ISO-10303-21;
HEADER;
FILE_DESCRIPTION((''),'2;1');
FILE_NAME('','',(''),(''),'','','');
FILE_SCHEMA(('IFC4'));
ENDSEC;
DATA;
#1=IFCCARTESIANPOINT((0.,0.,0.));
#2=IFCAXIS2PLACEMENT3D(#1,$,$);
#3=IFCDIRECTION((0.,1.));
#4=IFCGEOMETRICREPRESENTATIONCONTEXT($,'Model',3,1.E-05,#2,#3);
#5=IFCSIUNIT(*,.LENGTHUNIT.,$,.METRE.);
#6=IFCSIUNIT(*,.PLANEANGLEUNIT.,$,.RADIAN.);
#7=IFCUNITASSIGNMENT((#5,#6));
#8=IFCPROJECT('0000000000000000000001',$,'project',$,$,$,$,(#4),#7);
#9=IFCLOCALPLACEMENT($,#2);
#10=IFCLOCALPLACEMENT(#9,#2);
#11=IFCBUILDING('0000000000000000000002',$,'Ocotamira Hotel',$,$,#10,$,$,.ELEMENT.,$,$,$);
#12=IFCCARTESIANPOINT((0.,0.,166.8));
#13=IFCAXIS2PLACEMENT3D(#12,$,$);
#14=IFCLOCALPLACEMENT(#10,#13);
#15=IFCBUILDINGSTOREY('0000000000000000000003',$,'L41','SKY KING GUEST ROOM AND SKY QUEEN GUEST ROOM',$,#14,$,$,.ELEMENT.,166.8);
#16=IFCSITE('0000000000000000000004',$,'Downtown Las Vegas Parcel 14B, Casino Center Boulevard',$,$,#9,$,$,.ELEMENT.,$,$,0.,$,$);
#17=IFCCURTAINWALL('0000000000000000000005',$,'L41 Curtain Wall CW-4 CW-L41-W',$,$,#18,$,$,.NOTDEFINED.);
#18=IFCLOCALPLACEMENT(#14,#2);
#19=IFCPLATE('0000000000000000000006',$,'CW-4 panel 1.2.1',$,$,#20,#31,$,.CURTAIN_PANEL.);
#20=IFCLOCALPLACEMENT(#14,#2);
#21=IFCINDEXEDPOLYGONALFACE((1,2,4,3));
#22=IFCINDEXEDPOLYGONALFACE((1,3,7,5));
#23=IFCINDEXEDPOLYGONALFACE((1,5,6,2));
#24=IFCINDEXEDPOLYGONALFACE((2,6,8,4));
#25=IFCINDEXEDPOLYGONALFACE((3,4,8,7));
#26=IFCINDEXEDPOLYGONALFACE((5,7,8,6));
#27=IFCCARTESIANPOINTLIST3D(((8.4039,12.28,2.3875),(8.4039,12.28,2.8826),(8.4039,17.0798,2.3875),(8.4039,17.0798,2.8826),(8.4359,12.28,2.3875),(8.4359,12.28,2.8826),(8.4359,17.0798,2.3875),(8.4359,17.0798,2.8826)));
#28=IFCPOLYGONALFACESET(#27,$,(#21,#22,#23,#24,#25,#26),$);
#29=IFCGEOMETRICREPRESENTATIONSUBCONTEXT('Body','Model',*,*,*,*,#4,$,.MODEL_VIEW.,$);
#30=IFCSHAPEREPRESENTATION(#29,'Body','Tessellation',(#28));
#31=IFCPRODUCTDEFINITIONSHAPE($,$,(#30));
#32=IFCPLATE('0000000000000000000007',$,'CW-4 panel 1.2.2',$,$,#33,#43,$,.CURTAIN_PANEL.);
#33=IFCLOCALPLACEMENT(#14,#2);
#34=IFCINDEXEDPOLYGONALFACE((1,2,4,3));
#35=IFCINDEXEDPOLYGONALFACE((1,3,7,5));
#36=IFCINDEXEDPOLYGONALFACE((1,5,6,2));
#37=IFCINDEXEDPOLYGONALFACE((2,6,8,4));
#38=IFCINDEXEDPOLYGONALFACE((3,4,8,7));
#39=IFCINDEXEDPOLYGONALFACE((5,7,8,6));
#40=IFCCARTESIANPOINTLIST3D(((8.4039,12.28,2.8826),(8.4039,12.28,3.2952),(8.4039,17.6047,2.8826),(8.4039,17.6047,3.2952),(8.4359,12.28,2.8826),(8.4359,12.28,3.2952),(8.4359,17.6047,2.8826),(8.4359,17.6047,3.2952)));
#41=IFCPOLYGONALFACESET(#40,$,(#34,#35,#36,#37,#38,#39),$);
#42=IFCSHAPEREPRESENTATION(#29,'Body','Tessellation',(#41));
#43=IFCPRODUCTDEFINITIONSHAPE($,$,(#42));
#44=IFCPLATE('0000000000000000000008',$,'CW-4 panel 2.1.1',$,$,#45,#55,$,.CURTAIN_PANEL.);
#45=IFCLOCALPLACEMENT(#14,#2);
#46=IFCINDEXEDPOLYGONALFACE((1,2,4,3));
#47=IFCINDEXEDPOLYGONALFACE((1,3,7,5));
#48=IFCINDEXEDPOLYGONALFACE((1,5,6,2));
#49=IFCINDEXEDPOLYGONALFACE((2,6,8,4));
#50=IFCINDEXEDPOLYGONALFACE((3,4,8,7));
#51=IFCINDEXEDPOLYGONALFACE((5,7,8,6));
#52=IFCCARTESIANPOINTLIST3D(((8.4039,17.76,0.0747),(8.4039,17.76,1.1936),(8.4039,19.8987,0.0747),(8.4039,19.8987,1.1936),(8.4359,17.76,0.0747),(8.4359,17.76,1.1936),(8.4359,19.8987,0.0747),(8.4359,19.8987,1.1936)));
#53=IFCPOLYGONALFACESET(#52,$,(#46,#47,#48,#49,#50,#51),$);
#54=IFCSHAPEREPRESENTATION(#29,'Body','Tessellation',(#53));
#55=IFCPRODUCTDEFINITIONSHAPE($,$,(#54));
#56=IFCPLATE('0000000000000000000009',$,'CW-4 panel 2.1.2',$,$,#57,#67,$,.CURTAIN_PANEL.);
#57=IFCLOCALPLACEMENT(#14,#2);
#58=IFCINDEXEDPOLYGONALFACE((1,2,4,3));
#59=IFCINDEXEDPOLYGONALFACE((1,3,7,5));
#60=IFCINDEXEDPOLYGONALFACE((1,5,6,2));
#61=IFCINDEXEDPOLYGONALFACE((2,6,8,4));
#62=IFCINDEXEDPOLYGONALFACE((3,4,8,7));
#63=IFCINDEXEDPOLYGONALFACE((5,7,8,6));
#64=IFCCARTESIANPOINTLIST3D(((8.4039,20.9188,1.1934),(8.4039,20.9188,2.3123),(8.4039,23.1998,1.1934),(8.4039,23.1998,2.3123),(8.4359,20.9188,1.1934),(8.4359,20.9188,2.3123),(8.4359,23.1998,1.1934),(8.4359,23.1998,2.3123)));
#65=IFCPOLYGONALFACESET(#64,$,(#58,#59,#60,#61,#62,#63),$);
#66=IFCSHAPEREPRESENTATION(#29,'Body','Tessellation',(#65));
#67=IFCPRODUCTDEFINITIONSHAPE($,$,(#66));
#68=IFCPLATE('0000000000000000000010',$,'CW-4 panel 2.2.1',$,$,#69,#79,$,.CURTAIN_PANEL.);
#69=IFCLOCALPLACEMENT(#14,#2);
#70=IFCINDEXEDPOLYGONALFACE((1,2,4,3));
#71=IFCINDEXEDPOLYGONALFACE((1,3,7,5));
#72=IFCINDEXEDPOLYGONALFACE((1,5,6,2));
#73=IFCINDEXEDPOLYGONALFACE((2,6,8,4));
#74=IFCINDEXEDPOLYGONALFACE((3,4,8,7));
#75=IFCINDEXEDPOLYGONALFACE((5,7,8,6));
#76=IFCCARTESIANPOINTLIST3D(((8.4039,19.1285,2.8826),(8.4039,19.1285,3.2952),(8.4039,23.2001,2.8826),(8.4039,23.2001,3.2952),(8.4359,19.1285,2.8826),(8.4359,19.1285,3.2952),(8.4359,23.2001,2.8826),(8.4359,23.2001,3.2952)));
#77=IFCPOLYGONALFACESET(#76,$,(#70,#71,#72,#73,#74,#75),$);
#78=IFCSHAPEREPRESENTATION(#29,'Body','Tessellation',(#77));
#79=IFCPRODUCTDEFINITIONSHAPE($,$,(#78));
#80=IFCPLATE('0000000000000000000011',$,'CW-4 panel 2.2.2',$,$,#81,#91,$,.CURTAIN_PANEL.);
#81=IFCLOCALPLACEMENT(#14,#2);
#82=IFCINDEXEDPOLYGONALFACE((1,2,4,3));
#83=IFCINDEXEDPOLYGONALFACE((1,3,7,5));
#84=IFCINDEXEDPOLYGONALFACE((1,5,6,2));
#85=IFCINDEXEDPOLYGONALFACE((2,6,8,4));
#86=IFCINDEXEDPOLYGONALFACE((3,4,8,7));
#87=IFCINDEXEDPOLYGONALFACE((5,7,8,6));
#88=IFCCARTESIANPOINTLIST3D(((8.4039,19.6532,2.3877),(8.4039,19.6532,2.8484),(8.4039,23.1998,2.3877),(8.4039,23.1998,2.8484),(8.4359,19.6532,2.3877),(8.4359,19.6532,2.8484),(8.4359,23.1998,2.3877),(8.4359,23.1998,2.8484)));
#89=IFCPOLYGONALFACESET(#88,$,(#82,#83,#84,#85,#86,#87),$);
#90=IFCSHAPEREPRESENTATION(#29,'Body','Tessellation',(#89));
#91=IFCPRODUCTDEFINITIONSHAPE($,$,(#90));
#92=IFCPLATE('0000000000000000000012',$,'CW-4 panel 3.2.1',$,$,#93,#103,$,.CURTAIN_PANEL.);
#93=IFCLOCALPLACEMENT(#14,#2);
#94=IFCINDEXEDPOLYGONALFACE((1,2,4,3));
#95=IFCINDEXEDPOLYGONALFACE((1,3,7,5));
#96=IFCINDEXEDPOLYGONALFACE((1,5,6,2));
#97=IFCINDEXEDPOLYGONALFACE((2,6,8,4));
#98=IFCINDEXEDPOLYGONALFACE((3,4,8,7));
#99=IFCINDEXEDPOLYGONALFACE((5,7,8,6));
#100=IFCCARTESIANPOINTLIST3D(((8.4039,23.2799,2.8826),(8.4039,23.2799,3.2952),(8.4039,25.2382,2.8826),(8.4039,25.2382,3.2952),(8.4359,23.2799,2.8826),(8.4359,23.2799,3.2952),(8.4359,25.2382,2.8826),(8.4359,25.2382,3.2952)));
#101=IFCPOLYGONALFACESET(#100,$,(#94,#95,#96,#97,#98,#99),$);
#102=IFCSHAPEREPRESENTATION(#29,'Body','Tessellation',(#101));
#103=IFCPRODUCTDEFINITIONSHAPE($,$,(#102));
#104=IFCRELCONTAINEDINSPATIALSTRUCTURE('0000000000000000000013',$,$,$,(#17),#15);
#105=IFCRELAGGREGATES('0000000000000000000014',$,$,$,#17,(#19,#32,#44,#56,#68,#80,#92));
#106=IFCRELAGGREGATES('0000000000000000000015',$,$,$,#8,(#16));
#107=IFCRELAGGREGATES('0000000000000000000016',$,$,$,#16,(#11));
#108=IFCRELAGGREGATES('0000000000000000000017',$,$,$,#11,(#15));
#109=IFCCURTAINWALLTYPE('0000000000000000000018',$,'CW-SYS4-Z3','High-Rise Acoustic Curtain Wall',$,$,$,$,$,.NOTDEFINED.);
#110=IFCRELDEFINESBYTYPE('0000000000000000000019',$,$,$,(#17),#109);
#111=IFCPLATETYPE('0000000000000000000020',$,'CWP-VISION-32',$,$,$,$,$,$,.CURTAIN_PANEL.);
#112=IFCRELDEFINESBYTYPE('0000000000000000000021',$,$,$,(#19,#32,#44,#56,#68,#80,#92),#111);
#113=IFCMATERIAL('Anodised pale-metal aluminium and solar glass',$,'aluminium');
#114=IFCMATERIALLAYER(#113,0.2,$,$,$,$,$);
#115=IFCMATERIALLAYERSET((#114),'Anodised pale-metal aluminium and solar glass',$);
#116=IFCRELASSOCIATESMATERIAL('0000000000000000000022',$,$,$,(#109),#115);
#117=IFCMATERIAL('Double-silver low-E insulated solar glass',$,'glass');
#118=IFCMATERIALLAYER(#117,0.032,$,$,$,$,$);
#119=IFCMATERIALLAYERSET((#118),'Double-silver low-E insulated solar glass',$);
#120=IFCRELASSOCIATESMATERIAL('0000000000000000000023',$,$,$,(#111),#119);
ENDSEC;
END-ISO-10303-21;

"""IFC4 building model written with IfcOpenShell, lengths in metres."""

from ifc_helpers import new_model, si_unit, direction, frame, origin, origin_2d, place, context, subcontext, project, spatial, rectangle, extrude, source, transform, mapped, material, layer, layer_set, type_object, element, aggregate, save


model = new_model("IFC4")

# Units and contexts
model_context = context("Model", 3, precision=1e-05, world=origin(), true_north=direction((0.0, 1.0)))
body_context = subcontext(model_context, "Body", "Model", "MODEL_VIEW")
ifc_project = project(units=[si_unit("LENGTHUNIT", "METRE"), si_unit("PLANEANGLEUNIT", "RADIAN")], contexts=[model_context])

# Site, building, storey
site_placement = place(None, origin())
site = spatial("IfcSite", under=ifc_project, at=site_placement, Name="Downtown Las Vegas Parcel 14B, Casino Center Boulevard", CompositionType="ELEMENT", RefElevation=0.0)
building_placement = place(site_placement, origin())
building = spatial("IfcBuilding", under=site, at=building_placement, Name="Ocotamira Hotel", CompositionType="ELEMENT")
storey_placement = place(building_placement, frame((0.0, 0.0, 166.8)))
storey = spatial("IfcBuildingStorey", under=building, at=storey_placement, Name="L41", Description="SKY KING GUEST ROOM AND SKY QUEEN GUEST ROOM", CompositionType="ELEMENT", Elevation=166.8)

# Curtain wall
ifc_material_1 = material(Name="Anodised pale-metal aluminium and solar glass", Category="aluminium")
ifc_layer_1 = layer(ifc_material_1, 0.2)
ifc_layer_set_1 = layer_set([ifc_layer_1], Name="Anodised pale-metal aluminium and solar glass")
curtain_wall_type = type_object("IfcCurtainWallType", Name="CW-SYS4-Z3", Description="High-Rise Acoustic Curtain Wall", PredefinedType="NOTDEFINED", material=ifc_layer_set_1)
curtain_wall_placement = place(storey_placement, origin())
curtain_wall = element("IfcCurtainWall", 1, at=curtain_wall_placement, inside=storey, type_object=curtain_wall_type, Name="L41 Curtain Wall CW-4 CW-L41-W", PredefinedType="NOTDEFINED")

# Plates
ifc_material_2 = material(Name="Double-silver low-E insulated solar glass", Category="glass")
ifc_layer_2 = layer(ifc_material_2, 0.032)
ifc_layer_set_2 = layer_set([ifc_layer_2], Name="Double-silver low-E insulated solar glass")
plate_type_1 = type_object("IfcPlateType", Name="CWP-VISION-32", PredefinedType="CURTAIN_PANEL", material=ifc_layer_set_2)
shared_shape_1 = source(origin(), body_context, "Body", "SweptSolid", [
    extrude(rectangle(XDim=4.7998, YDim=0.032, at=origin_2d()), origin(), (0.0, 0.0, 1.0), 0.4951),
])
plate_1_placement = place(storey_placement, frame((8.4199, 14.6799, 2.3875), z_axis=(0.0, 0.0, 1.0), x_axis=(0.0, 1.0, 0.0)))
plate_1 = element("IfcPlate", 2, at=plate_1_placement, type_object=plate_type_1, Name="CW-4 panel 1.2.1", PredefinedType="CURTAIN_PANEL", context=body_context, shape_type="MappedRepresentation", body=[
    mapped(shared_shape_1, transform((0.0, 0.0, 0.0), scale=1.0)),
])
shared_shape_2 = source(origin(), body_context, "Body", "SweptSolid", [
    extrude(rectangle(XDim=5.3247, YDim=0.032, at=origin_2d()), origin(), (0.0, 0.0, 1.0), 0.4126),
])
plate_2_placement = place(storey_placement, frame((8.4199, 14.9424, 2.8826), z_axis=(0.0, 0.0, 1.0), x_axis=(0.0, 1.0, 0.0)))
plate_2 = element("IfcPlate", 3, at=plate_2_placement, type_object=plate_type_1, Name="CW-4 panel 1.2.2", PredefinedType="CURTAIN_PANEL", context=body_context, shape_type="MappedRepresentation", body=[
    mapped(shared_shape_2, transform((0.0, 0.0, 0.0), scale=1.0)),
])
shared_shape_3 = source(origin(), body_context, "Body", "SweptSolid", [
    extrude(rectangle(XDim=2.1387, YDim=0.032, at=origin_2d()), origin(), (0.0, 0.0, 1.0), 1.1189),
])
plate_3_placement = place(storey_placement, frame((8.4199, 18.8293, 0.0747), z_axis=(0.0, 0.0, 1.0), x_axis=(0.0, 1.0, 0.0)))
plate_3 = element("IfcPlate", 4, at=plate_3_placement, type_object=plate_type_1, Name="CW-4 panel 2.1.1", PredefinedType="CURTAIN_PANEL", context=body_context, shape_type="MappedRepresentation", body=[
    mapped(shared_shape_3, transform((0.0, 0.0, 0.0), scale=1.0)),
])
shared_shape_4 = source(origin(), body_context, "Body", "SweptSolid", [
    extrude(rectangle(XDim=2.281, YDim=0.032, at=origin_2d()), origin(), (0.0, 0.0, 1.0), 1.1189),
])
plate_4_placement = place(storey_placement, frame((8.4199, 22.0593, 1.1934), z_axis=(0.0, 0.0, 1.0), x_axis=(0.0, 1.0, 0.0)))
plate_4 = element("IfcPlate", 5, at=plate_4_placement, type_object=plate_type_1, Name="CW-4 panel 2.1.2", PredefinedType="CURTAIN_PANEL", context=body_context, shape_type="MappedRepresentation", body=[
    mapped(shared_shape_4, transform((0.0, 0.0, 0.0), scale=1.0)),
])
shared_shape_5 = source(origin(), body_context, "Body", "SweptSolid", [
    extrude(rectangle(XDim=4.0715, YDim=0.032, at=origin_2d()), origin(), (0.0, 0.0, 1.0), 0.4126),
])
plate_5_placement = place(storey_placement, frame((8.4199, 21.1643, 2.8826), z_axis=(0.0, 0.0, 1.0), x_axis=(0.0, 1.0, 0.0)))
plate_5 = element("IfcPlate", 6, at=plate_5_placement, type_object=plate_type_1, Name="CW-4 panel 2.2.1", PredefinedType="CURTAIN_PANEL", context=body_context, shape_type="MappedRepresentation", body=[
    mapped(shared_shape_5, transform((0.0, 0.0, 0.0), scale=1.0)),
])
shared_shape_6 = source(origin(), body_context, "Body", "SweptSolid", [
    extrude(rectangle(XDim=3.5466, YDim=0.032, at=origin_2d()), origin(), (0.0, 0.0, 1.0), 0.4607),
])
plate_6_placement = place(storey_placement, frame((8.4199, 21.4265, 2.3877), z_axis=(0.0, 0.0, 1.0), x_axis=(0.0, 1.0, 0.0)))
plate_6 = element("IfcPlate", 7, at=plate_6_placement, type_object=plate_type_1, Name="CW-4 panel 2.2.2", PredefinedType="CURTAIN_PANEL", context=body_context, shape_type="MappedRepresentation", body=[
    mapped(shared_shape_6, transform((0.0, 0.0, 0.0), scale=1.0)),
])
shared_shape_7 = source(origin(), body_context, "Body", "SweptSolid", [
    extrude(rectangle(XDim=1.9583, YDim=0.032, at=origin_2d()), origin(), (0.0, 0.0, 1.0), 0.4126),
])
plate_7_placement = place(storey_placement, frame((8.4199, 24.259, 2.8826), z_axis=(0.0, 0.0, 1.0), x_axis=(0.0, 1.0, 0.0)))
plate_7 = element("IfcPlate", 8, at=plate_7_placement, type_object=plate_type_1, Name="CW-4 panel 3.2.1", PredefinedType="CURTAIN_PANEL", context=body_context, shape_type="MappedRepresentation", body=[
    mapped(shared_shape_7, transform((0.0, 0.0, 0.0), scale=1.0)),
])
aggregate(curtain_wall, [plate_1, plate_2, plate_3, plate_4, plate_5, plate_6, plate_7])

save(model, "model.ifc")
